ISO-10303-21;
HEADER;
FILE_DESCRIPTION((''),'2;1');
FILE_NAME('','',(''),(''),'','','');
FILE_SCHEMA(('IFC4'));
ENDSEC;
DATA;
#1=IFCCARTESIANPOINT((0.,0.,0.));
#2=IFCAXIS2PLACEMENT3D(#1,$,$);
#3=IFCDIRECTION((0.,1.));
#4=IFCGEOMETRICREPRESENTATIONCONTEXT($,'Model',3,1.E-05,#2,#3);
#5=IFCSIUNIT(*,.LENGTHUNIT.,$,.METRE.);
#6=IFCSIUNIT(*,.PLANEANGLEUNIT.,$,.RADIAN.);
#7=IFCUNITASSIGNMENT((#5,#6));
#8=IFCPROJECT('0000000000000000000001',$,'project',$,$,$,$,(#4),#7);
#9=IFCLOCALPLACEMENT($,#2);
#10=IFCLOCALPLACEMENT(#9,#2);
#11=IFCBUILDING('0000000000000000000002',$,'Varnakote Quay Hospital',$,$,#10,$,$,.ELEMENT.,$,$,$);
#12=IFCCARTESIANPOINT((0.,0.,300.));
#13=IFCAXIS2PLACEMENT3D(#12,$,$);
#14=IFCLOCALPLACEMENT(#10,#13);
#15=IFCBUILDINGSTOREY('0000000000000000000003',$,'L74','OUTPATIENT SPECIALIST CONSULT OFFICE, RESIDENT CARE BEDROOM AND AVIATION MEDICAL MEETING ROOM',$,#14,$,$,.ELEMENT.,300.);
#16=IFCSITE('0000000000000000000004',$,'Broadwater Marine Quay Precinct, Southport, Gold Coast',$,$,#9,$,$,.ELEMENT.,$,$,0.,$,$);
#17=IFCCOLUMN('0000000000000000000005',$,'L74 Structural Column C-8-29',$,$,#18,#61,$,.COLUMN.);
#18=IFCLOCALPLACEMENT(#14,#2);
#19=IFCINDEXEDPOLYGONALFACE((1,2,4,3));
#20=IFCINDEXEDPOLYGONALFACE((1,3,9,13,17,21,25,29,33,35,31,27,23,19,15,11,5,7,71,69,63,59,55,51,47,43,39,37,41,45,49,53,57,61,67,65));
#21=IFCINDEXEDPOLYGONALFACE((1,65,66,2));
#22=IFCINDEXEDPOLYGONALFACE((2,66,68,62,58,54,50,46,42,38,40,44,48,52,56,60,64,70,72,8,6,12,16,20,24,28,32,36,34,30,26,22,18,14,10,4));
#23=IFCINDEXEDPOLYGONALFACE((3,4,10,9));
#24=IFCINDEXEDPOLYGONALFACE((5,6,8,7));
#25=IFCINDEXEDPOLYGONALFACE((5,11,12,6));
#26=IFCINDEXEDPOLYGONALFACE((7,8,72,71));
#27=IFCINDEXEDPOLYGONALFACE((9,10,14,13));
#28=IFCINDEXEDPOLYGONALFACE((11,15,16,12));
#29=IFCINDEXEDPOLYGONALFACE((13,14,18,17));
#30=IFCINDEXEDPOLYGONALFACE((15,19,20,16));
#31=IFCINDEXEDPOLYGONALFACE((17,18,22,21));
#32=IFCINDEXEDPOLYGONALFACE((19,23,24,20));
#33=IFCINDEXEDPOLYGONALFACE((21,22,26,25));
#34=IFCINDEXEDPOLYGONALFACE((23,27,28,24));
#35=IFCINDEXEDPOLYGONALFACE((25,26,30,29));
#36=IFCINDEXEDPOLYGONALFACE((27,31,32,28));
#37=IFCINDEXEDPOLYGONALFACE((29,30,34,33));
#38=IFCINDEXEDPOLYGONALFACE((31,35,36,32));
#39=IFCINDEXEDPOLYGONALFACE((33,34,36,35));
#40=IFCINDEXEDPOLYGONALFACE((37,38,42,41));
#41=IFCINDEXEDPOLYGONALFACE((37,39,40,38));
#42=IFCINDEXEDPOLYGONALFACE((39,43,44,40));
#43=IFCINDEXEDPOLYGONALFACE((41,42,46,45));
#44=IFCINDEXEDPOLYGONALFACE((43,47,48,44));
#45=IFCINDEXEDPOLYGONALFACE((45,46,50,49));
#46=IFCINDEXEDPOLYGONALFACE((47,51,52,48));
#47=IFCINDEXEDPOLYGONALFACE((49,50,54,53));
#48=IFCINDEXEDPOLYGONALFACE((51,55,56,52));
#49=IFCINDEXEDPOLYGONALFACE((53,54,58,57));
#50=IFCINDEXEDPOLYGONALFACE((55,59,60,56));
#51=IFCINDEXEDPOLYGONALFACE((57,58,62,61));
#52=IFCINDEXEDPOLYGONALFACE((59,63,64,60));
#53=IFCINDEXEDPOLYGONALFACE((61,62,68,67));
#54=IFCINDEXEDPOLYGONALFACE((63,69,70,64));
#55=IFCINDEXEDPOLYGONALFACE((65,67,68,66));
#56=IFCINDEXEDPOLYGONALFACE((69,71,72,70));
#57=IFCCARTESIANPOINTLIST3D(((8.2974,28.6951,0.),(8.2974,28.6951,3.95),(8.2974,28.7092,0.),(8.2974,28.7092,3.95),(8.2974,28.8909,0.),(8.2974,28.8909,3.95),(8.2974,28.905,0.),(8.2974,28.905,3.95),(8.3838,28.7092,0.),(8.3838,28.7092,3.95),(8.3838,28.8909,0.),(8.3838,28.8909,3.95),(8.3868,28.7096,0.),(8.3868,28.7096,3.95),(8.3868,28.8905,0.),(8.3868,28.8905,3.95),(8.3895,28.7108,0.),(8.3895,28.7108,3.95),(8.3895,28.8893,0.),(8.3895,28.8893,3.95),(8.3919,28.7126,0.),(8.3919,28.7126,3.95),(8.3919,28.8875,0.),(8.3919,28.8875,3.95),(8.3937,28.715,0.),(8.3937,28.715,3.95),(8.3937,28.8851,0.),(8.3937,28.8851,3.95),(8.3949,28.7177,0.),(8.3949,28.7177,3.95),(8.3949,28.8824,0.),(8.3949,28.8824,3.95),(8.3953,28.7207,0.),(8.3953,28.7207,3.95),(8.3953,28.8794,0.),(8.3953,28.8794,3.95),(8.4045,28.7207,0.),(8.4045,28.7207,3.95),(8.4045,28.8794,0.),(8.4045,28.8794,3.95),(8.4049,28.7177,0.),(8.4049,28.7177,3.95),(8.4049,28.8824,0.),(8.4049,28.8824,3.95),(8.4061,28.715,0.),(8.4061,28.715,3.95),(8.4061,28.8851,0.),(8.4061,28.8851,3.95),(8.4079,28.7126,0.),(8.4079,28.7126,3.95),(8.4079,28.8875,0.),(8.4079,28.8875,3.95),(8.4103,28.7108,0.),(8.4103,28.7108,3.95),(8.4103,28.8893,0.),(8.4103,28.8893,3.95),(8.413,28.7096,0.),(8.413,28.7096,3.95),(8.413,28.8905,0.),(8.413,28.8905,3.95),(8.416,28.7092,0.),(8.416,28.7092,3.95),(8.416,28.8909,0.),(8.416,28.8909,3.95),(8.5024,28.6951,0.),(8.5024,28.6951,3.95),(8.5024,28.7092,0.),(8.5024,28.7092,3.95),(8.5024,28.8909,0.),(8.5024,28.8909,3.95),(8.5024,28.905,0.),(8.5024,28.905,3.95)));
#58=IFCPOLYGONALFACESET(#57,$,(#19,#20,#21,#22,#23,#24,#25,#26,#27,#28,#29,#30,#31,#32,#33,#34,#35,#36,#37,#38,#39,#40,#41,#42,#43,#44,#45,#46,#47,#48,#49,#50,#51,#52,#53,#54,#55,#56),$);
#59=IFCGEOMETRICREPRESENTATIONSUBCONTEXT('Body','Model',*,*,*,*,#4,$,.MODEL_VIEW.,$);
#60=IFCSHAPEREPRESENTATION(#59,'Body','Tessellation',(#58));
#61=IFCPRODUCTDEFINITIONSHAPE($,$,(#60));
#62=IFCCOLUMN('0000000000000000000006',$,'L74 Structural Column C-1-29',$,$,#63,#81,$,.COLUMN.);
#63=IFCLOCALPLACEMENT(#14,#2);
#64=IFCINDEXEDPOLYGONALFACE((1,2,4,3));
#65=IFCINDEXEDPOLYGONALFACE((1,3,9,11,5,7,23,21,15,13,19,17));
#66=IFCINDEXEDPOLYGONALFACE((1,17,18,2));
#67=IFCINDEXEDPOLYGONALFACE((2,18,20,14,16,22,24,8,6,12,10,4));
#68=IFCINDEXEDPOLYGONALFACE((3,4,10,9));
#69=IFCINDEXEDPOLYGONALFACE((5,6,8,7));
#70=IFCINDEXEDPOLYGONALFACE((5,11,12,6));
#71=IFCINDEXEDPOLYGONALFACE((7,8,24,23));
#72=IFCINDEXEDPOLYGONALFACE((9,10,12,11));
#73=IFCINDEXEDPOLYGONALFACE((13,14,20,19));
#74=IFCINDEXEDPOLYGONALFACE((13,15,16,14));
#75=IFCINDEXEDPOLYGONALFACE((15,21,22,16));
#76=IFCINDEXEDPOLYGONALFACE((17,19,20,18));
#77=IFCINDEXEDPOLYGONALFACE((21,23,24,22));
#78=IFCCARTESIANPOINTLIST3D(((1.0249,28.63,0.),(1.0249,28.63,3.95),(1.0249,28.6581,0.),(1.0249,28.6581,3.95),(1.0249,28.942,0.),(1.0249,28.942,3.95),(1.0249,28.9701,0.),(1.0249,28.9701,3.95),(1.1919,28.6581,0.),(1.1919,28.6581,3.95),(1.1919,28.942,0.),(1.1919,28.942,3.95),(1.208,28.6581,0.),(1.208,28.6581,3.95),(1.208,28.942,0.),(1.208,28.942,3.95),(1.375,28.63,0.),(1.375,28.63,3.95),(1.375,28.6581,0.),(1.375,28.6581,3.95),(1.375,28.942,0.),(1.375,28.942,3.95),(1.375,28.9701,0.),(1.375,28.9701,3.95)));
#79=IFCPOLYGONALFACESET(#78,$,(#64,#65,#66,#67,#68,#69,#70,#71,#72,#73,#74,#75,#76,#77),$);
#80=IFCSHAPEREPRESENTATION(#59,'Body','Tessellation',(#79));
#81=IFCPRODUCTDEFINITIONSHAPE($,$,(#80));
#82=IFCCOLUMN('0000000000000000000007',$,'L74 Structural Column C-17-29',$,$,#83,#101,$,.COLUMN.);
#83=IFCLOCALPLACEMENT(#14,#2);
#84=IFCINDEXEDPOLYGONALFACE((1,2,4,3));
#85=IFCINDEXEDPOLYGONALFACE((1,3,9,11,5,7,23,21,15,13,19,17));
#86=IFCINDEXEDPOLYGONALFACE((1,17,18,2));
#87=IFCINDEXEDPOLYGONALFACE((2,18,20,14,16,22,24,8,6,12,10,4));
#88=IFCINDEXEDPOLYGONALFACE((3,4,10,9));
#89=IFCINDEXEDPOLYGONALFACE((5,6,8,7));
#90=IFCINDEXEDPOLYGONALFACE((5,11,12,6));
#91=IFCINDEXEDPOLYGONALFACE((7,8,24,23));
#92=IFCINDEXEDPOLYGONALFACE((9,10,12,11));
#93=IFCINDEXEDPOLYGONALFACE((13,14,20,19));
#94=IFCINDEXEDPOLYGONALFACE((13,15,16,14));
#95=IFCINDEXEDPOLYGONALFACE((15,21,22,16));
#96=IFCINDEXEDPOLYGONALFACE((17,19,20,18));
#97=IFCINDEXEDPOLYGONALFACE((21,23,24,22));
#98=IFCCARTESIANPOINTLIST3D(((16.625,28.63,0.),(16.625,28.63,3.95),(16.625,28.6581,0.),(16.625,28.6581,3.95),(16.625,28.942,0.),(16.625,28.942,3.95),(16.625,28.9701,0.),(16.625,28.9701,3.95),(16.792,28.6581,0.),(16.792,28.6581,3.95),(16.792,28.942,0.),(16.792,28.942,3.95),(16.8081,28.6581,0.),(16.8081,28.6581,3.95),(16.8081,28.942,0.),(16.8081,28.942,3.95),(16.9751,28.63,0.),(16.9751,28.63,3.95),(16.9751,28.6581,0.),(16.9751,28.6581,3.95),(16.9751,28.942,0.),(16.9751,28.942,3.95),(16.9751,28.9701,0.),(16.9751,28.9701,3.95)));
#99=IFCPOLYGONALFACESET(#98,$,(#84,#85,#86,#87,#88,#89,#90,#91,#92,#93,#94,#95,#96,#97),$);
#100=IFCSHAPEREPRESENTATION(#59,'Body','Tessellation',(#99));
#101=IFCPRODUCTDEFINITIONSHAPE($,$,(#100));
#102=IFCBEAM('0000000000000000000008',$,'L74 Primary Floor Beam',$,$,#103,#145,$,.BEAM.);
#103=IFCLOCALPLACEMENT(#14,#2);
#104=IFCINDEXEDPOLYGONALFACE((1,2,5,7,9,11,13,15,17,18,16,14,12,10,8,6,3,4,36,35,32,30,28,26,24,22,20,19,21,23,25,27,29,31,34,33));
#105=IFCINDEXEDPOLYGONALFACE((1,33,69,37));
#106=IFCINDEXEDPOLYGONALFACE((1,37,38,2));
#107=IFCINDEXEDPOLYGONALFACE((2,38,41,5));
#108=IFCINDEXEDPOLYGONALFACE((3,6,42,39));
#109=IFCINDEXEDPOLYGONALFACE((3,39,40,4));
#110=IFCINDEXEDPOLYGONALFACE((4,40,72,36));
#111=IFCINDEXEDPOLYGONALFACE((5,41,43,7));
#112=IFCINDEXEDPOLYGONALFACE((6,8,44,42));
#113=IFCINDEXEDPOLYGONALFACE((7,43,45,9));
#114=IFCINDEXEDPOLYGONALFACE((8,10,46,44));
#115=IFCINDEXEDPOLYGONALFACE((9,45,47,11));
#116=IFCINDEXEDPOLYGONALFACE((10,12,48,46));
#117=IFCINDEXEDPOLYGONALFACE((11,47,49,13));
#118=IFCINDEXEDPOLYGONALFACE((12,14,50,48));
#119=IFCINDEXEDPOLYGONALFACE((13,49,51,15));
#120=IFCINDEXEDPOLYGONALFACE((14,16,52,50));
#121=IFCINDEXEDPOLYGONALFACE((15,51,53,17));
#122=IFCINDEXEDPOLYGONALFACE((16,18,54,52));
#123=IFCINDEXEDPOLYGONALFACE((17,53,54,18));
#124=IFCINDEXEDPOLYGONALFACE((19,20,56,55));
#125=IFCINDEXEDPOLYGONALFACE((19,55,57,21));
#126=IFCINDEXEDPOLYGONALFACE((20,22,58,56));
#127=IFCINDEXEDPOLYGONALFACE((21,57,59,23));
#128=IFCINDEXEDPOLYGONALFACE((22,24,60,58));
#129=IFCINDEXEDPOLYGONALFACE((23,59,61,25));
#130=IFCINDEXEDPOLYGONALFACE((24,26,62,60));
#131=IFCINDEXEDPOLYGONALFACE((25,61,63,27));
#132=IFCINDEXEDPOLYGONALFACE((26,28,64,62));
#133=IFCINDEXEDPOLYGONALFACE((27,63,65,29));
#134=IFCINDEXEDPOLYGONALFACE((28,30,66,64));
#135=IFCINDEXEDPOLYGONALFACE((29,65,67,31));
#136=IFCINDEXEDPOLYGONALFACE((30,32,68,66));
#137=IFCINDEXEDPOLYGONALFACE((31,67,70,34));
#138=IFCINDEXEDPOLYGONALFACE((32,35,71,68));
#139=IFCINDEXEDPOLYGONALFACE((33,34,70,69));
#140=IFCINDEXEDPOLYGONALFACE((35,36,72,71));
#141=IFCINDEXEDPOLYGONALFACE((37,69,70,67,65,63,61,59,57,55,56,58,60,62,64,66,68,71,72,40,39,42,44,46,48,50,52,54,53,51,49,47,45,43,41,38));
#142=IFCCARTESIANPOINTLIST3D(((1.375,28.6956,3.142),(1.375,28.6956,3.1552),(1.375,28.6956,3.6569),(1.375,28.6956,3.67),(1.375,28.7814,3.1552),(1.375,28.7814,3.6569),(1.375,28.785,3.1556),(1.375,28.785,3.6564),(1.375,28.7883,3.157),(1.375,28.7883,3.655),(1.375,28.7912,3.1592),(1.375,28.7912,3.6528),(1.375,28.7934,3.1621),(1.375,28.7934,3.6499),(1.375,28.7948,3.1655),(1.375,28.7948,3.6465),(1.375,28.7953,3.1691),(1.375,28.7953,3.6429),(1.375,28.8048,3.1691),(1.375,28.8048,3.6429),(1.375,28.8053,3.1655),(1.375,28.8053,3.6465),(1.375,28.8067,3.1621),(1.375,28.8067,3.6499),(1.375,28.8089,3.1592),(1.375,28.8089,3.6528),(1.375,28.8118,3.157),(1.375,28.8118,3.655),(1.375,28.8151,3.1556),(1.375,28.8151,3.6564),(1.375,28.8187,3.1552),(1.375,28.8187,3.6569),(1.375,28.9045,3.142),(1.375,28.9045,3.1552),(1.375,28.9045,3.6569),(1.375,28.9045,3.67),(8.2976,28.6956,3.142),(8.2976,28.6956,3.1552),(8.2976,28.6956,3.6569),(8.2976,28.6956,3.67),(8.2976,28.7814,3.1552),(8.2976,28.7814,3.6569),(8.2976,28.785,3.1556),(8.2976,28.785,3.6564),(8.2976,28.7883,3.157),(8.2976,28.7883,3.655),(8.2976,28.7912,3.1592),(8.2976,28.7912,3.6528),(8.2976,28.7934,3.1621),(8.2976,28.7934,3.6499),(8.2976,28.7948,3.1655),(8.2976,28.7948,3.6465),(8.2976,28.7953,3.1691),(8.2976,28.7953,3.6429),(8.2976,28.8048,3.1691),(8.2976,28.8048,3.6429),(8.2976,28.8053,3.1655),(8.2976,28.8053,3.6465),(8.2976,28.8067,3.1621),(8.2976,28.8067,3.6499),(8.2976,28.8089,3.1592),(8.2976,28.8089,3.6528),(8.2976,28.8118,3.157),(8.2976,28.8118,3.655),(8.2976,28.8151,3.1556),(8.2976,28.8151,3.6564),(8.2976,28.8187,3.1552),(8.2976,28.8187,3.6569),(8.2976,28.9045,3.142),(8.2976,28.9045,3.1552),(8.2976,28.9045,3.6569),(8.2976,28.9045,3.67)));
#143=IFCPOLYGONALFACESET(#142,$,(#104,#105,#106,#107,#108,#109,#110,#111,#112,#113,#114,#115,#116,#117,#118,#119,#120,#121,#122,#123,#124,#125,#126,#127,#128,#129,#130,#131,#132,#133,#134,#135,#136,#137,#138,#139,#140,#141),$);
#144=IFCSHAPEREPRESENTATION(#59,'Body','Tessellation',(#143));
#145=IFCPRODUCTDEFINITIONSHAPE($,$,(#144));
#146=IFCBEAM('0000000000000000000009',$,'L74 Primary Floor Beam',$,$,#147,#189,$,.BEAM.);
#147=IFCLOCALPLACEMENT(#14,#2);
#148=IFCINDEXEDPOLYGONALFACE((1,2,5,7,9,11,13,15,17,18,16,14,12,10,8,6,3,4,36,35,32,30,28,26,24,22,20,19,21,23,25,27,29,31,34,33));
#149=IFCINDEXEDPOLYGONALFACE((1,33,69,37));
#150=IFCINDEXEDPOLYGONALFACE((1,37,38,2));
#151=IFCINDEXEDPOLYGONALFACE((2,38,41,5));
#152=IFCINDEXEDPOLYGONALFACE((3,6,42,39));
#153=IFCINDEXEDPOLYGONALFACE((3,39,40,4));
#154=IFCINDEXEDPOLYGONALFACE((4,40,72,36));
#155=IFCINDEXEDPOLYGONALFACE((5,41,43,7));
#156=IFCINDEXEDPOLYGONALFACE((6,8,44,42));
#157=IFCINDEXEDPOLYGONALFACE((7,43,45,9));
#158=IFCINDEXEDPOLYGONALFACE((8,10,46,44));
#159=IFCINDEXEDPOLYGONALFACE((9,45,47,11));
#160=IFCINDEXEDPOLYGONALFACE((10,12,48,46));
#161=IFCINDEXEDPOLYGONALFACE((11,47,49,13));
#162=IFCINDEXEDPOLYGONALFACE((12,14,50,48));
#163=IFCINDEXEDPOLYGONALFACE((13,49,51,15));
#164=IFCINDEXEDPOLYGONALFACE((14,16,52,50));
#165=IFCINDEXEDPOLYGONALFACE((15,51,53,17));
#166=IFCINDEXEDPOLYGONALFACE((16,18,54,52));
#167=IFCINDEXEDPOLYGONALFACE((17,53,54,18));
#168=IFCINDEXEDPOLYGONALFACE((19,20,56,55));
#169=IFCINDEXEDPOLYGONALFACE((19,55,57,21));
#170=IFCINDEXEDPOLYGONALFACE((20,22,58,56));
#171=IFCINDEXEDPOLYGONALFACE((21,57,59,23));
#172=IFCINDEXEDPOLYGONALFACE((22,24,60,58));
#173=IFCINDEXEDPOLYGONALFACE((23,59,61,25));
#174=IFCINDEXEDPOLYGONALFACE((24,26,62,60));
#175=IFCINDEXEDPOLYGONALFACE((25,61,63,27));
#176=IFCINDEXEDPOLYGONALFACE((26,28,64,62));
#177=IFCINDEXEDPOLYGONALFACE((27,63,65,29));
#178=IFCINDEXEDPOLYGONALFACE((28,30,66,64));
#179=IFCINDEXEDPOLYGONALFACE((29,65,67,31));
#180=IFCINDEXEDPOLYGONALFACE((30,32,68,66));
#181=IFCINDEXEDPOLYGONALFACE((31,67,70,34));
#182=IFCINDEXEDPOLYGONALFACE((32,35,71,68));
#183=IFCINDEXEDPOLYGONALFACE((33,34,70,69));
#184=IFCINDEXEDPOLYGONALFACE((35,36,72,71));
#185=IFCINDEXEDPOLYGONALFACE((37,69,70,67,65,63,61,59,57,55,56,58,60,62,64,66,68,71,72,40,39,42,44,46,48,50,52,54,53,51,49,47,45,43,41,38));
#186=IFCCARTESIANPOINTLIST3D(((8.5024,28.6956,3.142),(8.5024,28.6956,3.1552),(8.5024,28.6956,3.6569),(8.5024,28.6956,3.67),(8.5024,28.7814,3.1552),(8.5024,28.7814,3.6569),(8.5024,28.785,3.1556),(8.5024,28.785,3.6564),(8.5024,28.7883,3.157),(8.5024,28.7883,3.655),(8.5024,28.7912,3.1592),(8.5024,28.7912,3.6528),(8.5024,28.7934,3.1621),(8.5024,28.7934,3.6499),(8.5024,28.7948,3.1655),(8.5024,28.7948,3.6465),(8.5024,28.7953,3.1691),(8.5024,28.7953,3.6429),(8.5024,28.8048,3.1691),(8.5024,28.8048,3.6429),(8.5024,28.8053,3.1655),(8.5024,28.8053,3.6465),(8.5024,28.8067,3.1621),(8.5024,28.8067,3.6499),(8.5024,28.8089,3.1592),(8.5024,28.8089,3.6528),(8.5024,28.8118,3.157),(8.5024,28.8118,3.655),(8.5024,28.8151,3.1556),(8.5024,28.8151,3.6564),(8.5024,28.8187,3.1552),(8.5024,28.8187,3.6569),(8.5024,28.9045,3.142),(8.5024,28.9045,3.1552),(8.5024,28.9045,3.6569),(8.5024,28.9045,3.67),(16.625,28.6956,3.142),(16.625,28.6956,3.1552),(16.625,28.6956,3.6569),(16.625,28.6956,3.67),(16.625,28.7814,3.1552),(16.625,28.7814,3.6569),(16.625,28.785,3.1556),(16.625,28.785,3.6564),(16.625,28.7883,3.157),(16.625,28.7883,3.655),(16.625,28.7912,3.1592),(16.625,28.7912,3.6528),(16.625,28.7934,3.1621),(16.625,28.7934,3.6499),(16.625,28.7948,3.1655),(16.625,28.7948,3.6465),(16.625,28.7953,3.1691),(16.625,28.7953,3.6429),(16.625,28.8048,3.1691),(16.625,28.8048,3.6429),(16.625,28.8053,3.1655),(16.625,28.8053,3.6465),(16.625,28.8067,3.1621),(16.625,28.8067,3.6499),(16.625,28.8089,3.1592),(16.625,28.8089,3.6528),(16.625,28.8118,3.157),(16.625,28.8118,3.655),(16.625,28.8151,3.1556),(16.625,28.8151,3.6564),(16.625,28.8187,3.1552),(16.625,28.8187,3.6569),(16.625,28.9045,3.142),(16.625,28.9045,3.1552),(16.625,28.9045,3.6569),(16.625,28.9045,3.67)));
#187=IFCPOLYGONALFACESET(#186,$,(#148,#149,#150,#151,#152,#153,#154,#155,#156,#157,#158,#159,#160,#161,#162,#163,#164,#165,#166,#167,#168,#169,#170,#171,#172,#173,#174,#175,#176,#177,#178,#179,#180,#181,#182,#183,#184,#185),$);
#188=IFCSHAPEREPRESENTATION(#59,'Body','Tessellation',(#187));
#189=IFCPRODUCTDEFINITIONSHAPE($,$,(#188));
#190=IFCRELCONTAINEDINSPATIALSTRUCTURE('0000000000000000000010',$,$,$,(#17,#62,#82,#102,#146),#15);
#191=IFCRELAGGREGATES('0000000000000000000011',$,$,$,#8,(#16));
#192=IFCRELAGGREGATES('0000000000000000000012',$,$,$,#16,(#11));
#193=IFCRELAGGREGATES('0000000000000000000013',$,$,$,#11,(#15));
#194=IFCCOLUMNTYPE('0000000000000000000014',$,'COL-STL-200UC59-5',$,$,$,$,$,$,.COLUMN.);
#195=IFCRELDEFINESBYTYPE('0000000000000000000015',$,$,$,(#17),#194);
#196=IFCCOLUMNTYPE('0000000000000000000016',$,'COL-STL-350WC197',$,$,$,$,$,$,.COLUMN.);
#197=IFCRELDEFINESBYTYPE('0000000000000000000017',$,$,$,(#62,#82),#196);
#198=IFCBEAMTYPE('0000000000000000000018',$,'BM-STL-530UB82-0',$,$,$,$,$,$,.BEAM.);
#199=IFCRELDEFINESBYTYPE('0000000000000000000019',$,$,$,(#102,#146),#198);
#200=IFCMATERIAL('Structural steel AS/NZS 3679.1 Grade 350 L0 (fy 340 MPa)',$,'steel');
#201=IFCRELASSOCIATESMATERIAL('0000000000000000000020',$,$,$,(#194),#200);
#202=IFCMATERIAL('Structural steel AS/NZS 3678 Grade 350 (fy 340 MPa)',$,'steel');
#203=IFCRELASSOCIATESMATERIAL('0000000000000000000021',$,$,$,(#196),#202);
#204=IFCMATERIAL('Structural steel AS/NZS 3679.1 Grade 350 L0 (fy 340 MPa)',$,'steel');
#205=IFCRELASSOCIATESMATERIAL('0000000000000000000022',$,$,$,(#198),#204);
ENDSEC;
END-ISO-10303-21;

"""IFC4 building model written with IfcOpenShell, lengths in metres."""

from ifc_helpers import new_model, si_unit, direction, frame, origin, origin_2d, place, context, subcontext, project, spatial, i_section, extrude, material, material_profile, profile_set, type_object, element, save


model = new_model("IFC4")

# Units and contexts
model_context = context("Model", 3, precision=1e-05, world=origin(), true_north=direction((0.0, 1.0)))
body_context = subcontext(model_context, "Body", "Model", "MODEL_VIEW")
ifc_project = project(units=[si_unit("LENGTHUNIT", "METRE"), si_unit("PLANEANGLEUNIT", "RADIAN")], contexts=[model_context])

# Site, building, storey
site_placement = place(None, origin())
site = spatial("IfcSite", under=ifc_project, at=site_placement, Name="Broadwater Marine Quay Precinct, Southport, Gold Coast", CompositionType="ELEMENT", RefElevation=0.0)
building_placement = place(site_placement, origin())
building = spatial("IfcBuilding", under=site, at=building_placement, Name="Varnakote Quay Hospital", CompositionType="ELEMENT")
storey_placement = place(building_placement, frame((0.0, 0.0, 300.0)))
storey = spatial("IfcBuildingStorey", under=building, at=storey_placement, Name="L74", Description="OUTPATIENT SPECIALIST CONSULT OFFICE, RESIDENT CARE BEDROOM AND AVIATION MEDICAL MEETING ROOM", CompositionType="ELEMENT", Elevation=300.0)

# Columns
ifc_material_1 = material(Name="Structural steel AS/NZS 3679.1 Grade 350 L0 (fy 340 MPa)", Category="steel")
ifc_material_profile_1 = material_profile(ifc_material_1, i_section(OverallWidth=0.2051, OverallDepth=0.21, WebThickness=0.0093, FlangeThickness=0.0142, FilletRadius=0.0115, at=origin_2d()), Name="200UC59.5")
ifc_profile_set_1 = profile_set([ifc_material_profile_1], Name="Structural steel AS/NZS 3679.1 Grade 350 L0 (fy 340 MPa)")
column_type_1 = type_object("IfcColumnType", Name="COL-STL-200UC59-5", PredefinedType="COLUMN", material=ifc_profile_set_1)
column_placement = place(storey_placement, frame((8.3999, 28.8, 0.0), z_axis=(0.0, 0.0, 1.0), x_axis=(1.0, 0.0, 0.0)))
element("IfcColumn", 1, at=column_placement, inside=storey, type_object=column_type_1, Name="L74 Structural Column C-8-29", PredefinedType="COLUMN", context=body_context, shape_type="SweptSolid", body=[
    extrude(i_section(OverallWidth=0.2051, OverallDepth=0.21, WebThickness=0.0093, FlangeThickness=0.0142, FilletRadius=0.0115, at=origin_2d()), origin(), (0.0, 0.0, 1.0), 3.95),
])
ifc_material_2 = material(Name="Structural steel AS/NZS 3678 Grade 350 (fy 340 MPa)", Category="steel")
ifc_material_profile_2 = material_profile(ifc_material_2, i_section(OverallWidth=0.3501, OverallDepth=0.3401, WebThickness=0.0161, FlangeThickness=0.0281, at=origin_2d()), Name="350WC197")
ifc_profile_set_2 = profile_set([ifc_material_profile_2], Name="Structural steel AS/NZS 3678 Grade 350 (fy 340 MPa)")
column_type_2 = type_object("IfcColumnType", Name="COL-STL-350WC197", PredefinedType="COLUMN", material=ifc_profile_set_2)
for number, where, z_axis, x_axis, name in (
    (2, (1.2, 28.8, 0.0), (0.0, 0.0, 1.0), (1.0, 0.0, 0.0), "L74 Structural Column C-1-29"),
    (3, (16.8, 28.8, 0.0), (0.0, 0.0, 1.0), (1.0, 0.0, 0.0), "L74 Structural Column C-17-29"),
):
    element("IfcColumn", number, at=place(storey_placement, frame(where, z_axis=z_axis, x_axis=x_axis)), inside=storey, type_object=column_type_2, Name=name, PredefinedType="COLUMN", context=body_context, shape_type="SweptSolid", body=[
        extrude(i_section(OverallWidth=0.3501, OverallDepth=0.3401, WebThickness=0.0161, FlangeThickness=0.0281, at=origin_2d()), origin(), (0.0, 0.0, 1.0), 3.95),
    ])

# Beams
ifc_material_3 = material(Name="Structural steel AS/NZS 3679.1 Grade 350 L0 (fy 340 MPa)", Category="steel")
ifc_material_profile_3 = material_profile(ifc_material_3, i_section(OverallWidth=0.209, OverallDepth=0.5281, WebThickness=0.0095, FlangeThickness=0.0132, FilletRadius=0.0139, at=origin_2d()), Name="530UB82.0")
ifc_profile_set_3 = profile_set([ifc_material_profile_3], Name="Structural steel AS/NZS 3679.1 Grade 350 L0 (fy 340 MPa)")
beam_type_1 = type_object("IfcBeamType", Name="BM-STL-530UB82-0", PredefinedType="BEAM", material=ifc_profile_set_3)
beam_1_placement = place(storey_placement, frame((1.375, 28.8, 3.406), z_axis=(1.0, 0.0, 0.0), x_axis=(0.0, 1.0, 0.0)))
element("IfcBeam", 4, at=beam_1_placement, inside=storey, type_object=beam_type_1, Name="L74 Primary Floor Beam", PredefinedType="BEAM", context=body_context, shape_type="SweptSolid", body=[
    extrude(i_section(OverallWidth=0.209, OverallDepth=0.5281, WebThickness=0.0095, FlangeThickness=0.0132, FilletRadius=0.0139, at=origin_2d()), origin(), (0.0, 0.0, 1.0), 6.9226),
])
beam_2_placement = place(storey_placement, frame((8.5024, 28.8, 3.406), z_axis=(1.0, 0.0, 0.0), x_axis=(0.0, 1.0, 0.0)))
element("IfcBeam", 5, at=beam_2_placement, inside=storey, type_object=beam_type_1, Name="L74 Primary Floor Beam", PredefinedType="BEAM", context=body_context, shape_type="SweptSolid", body=[
    extrude(i_section(OverallWidth=0.209, OverallDepth=0.5281, WebThickness=0.0095, FlangeThickness=0.0132, FilletRadius=0.0139, at=origin_2d()), origin(), (0.0, 0.0, 1.0), 8.1226),
])

save(model, "model.ifc")
